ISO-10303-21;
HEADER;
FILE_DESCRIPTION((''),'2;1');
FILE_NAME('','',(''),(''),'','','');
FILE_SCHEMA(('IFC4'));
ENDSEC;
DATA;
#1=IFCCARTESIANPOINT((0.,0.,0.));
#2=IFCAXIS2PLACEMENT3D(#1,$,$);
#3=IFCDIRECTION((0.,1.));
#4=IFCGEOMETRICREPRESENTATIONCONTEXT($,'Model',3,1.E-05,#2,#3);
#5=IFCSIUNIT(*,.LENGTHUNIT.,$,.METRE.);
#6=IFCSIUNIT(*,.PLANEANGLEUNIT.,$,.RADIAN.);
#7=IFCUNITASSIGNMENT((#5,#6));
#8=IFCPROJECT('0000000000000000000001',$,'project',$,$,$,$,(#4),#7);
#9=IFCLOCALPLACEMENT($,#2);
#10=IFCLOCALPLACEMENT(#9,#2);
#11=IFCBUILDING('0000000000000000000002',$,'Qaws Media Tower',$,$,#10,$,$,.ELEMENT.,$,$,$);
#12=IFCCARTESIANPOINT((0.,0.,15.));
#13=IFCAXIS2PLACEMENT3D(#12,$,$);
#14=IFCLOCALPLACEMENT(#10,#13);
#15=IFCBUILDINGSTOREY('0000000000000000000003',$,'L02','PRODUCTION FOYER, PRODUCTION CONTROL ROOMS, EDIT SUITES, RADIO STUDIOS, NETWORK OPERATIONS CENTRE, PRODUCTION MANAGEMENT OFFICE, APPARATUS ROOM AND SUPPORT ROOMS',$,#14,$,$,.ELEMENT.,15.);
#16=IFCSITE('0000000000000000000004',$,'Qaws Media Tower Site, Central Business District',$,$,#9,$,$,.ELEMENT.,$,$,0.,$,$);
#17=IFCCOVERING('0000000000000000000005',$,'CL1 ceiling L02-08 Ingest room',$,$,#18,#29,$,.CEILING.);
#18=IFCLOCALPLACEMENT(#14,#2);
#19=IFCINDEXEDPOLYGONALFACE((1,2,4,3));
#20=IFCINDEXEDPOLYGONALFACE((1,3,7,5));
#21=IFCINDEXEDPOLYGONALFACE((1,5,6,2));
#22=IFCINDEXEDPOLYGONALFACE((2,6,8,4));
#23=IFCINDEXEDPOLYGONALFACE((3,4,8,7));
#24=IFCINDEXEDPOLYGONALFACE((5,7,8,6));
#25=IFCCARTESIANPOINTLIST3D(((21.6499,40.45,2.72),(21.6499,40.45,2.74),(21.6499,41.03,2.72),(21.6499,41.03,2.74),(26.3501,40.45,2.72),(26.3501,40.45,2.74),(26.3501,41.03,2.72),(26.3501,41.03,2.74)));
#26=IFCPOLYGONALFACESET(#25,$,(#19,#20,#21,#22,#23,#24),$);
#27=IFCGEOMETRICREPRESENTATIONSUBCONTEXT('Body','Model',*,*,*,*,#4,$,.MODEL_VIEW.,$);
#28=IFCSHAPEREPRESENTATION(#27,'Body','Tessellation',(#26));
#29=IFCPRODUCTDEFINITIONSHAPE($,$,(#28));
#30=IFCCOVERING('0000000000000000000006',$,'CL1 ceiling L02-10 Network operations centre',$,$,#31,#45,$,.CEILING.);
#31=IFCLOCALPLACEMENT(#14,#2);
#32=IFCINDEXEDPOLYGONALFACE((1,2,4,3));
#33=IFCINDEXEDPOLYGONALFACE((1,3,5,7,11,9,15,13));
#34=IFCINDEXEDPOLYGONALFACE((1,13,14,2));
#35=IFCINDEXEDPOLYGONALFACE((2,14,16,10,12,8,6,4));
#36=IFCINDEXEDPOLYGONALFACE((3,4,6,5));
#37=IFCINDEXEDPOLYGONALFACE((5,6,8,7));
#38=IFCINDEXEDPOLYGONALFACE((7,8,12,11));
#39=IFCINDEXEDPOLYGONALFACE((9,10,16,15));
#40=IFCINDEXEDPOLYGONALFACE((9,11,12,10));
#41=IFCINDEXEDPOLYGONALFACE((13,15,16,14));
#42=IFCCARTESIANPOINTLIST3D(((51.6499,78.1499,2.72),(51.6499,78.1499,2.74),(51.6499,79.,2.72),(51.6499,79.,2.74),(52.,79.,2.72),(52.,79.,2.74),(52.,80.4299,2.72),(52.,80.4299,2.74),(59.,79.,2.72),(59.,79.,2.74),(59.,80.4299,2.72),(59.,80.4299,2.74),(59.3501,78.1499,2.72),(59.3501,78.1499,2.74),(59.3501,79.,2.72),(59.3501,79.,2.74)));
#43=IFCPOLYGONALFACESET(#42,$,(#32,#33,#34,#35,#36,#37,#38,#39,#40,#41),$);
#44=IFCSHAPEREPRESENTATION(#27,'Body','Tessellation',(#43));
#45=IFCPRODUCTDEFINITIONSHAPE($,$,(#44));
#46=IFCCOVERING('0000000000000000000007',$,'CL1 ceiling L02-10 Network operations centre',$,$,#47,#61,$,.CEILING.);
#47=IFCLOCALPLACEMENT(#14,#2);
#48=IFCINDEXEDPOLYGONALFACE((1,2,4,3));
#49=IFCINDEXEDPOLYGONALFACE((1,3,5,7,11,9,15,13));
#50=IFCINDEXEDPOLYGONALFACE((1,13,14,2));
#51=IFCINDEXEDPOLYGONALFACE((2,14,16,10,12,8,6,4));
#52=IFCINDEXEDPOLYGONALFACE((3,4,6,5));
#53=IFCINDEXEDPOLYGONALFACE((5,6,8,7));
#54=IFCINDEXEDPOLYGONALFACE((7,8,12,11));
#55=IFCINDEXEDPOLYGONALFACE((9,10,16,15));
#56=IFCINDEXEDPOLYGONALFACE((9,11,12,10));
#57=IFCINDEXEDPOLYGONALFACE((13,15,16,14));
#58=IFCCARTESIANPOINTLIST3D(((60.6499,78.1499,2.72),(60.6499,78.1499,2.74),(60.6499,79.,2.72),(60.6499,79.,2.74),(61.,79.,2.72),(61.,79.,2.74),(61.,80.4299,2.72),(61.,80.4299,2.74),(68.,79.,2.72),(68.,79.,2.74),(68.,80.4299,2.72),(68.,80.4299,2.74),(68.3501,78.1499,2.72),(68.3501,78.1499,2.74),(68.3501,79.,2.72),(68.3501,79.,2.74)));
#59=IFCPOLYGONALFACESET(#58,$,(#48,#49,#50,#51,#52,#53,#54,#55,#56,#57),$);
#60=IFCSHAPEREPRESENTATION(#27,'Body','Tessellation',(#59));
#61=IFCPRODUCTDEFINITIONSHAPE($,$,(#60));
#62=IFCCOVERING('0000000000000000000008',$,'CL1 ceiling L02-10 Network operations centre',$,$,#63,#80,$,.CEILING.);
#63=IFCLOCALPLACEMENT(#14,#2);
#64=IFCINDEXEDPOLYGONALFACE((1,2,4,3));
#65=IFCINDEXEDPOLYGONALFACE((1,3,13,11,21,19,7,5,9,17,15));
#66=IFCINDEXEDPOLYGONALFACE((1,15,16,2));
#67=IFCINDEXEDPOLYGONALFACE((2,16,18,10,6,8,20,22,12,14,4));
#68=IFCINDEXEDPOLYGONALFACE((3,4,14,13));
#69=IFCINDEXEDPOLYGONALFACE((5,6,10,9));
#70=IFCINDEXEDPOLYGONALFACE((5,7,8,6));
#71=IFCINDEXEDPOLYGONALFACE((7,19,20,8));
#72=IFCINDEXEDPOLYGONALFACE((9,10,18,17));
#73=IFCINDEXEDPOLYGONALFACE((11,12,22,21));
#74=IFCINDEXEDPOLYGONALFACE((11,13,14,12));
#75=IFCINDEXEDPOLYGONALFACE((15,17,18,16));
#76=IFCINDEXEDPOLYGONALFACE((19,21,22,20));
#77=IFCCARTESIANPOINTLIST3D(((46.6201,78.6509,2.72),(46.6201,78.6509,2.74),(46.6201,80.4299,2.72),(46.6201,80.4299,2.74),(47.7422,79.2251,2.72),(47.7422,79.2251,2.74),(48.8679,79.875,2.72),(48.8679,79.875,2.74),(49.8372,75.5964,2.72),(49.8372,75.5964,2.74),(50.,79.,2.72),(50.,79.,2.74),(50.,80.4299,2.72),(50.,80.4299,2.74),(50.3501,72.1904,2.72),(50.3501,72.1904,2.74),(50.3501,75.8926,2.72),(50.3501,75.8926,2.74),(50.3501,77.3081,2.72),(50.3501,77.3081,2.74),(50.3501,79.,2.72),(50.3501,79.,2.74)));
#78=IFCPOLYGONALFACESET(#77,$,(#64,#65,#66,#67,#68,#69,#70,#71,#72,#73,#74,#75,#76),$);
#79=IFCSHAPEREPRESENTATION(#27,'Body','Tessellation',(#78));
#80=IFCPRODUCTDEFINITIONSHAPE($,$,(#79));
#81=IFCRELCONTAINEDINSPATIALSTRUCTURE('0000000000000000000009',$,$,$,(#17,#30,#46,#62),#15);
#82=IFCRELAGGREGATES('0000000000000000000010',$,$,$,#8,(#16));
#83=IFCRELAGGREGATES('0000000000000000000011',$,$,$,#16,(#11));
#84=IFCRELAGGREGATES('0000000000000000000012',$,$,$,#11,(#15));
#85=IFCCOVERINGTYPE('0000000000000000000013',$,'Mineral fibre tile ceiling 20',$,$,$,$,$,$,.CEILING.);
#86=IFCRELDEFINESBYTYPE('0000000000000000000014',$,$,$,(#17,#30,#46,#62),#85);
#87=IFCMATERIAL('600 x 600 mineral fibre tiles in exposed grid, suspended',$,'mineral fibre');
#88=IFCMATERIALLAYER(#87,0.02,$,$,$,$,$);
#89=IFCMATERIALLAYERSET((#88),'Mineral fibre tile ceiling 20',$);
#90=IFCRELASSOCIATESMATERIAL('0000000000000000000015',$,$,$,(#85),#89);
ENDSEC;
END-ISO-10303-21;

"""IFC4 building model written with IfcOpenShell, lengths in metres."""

from ifc_helpers import new_model, si_unit, direction, frame, origin, place, context, subcontext, project, spatial, polyline, outline, extrude, material, layer, layer_set, type_object, element, save


model = new_model("IFC4")

# Units and contexts
model_context = context("Model", 3, precision=1e-05, world=origin(), true_north=direction((0.0, 1.0)))
body_context = subcontext(model_context, "Body", "Model", "MODEL_VIEW")
ifc_project = project(units=[si_unit("LENGTHUNIT", "METRE"), si_unit("PLANEANGLEUNIT", "RADIAN")], contexts=[model_context])

# Site, building, storey
site_placement = place(None, origin())
site = spatial("IfcSite", under=ifc_project, at=site_placement, Name="Qaws Media Tower Site, Central Business District", CompositionType="ELEMENT", RefElevation=0.0)
building_placement = place(site_placement, origin())
building = spatial("IfcBuilding", under=site, at=building_placement, Name="Qaws Media Tower", CompositionType="ELEMENT")
storey_placement = place(building_placement, frame((0.0, 0.0, 15.0)))
storey = spatial("IfcBuildingStorey", under=building, at=storey_placement, Name="L02", Description="PRODUCTION FOYER, PRODUCTION CONTROL ROOMS, EDIT SUITES, RADIO STUDIOS, NETWORK OPERATIONS CENTRE, PRODUCTION MANAGEMENT OFFICE, APPARATUS ROOM AND SUPPORT ROOMS", CompositionType="ELEMENT", Elevation=15.0)

# Coverings
ifc_material_1 = material(Name="600 x 600 mineral fibre tiles in exposed grid, suspended", Category="mineral fibre")
ifc_layer_1 = layer(ifc_material_1, 0.02)
ifc_layer_set_1 = layer_set([ifc_layer_1], Name="Mineral fibre tile ceiling 20")
covering_type_1 = type_object("IfcCoveringType", Name="Mineral fibre tile ceiling 20", PredefinedType="CEILING", material=ifc_layer_set_1)
covering_1_placement = place(storey_placement, frame((0.0, 0.0, 2.72)))
element("IfcCovering", 1, at=covering_1_placement, inside=storey, type_object=covering_type_1, Name="CL1 ceiling L02-08 Ingest room", PredefinedType="CEILING", context=body_context, shape_type="SweptSolid", body=[
    extrude(outline(polyline([(26.3501, 41.03), (26.3501, 40.45), (21.6499, 40.45), (21.6499, 41.03), (26.3501, 41.03)])), origin(), (0.0, 0.0, 1.0), 0.02),
])
covering_2_placement = place(storey_placement, frame((0.0, 0.0, 2.72)))
element("IfcCovering", 2, at=covering_2_placement, inside=storey, type_object=covering_type_1, Name="CL1 ceiling L02-10 Network operations centre", PredefinedType="CEILING", context=body_context, shape_type="SweptSolid", body=[
    extrude(outline(polyline([(52.0, 79.0), (52.0, 80.4299), (59.0, 80.4299), (59.0, 79.0), (59.3501, 79.0), (59.3501, 78.1499), (51.6499, 78.1499), (51.6499, 79.0), (52.0, 79.0)])), origin(), (0.0, 0.0, 1.0), 0.02),
])
covering_3_placement = place(storey_placement, frame((0.0, 0.0, 2.72)))
element("IfcCovering", 3, at=covering_3_placement, inside=storey, type_object=covering_type_1, Name="CL1 ceiling L02-10 Network operations centre", PredefinedType="CEILING", context=body_context, shape_type="SweptSolid", body=[
    extrude(outline(polyline([(61.0, 79.0), (61.0, 80.4299), (68.0, 80.4299), (68.0, 79.0), (68.3501, 79.0), (68.3501, 78.1499), (60.6499, 78.1499), (60.6499, 79.0), (61.0, 79.0)])), origin(), (0.0, 0.0, 1.0), 0.02),
])
covering_4_placement = place(storey_placement, frame((0.0, 0.0, 2.72)))
element("IfcCovering", 4, at=covering_4_placement, inside=storey, type_object=covering_type_1, Name="CL1 ceiling L02-10 Network operations centre", PredefinedType="CEILING", context=body_context, shape_type="SweptSolid", body=[
    extrude(outline(polyline([(50.0, 80.4299), (50.0, 79.0), (50.3501, 79.0), (50.3501, 77.3081), (48.8679, 79.875), (47.7422, 79.2251), (49.8372, 75.5964), (50.3501, 75.8926), (50.3501, 72.1904), (46.6201, 78.6509), (46.6201, 80.4299), (50.0, 80.4299)])), origin(), (0.0, 0.0, 1.0), 0.02),
])

save(model, "model.ifc")
